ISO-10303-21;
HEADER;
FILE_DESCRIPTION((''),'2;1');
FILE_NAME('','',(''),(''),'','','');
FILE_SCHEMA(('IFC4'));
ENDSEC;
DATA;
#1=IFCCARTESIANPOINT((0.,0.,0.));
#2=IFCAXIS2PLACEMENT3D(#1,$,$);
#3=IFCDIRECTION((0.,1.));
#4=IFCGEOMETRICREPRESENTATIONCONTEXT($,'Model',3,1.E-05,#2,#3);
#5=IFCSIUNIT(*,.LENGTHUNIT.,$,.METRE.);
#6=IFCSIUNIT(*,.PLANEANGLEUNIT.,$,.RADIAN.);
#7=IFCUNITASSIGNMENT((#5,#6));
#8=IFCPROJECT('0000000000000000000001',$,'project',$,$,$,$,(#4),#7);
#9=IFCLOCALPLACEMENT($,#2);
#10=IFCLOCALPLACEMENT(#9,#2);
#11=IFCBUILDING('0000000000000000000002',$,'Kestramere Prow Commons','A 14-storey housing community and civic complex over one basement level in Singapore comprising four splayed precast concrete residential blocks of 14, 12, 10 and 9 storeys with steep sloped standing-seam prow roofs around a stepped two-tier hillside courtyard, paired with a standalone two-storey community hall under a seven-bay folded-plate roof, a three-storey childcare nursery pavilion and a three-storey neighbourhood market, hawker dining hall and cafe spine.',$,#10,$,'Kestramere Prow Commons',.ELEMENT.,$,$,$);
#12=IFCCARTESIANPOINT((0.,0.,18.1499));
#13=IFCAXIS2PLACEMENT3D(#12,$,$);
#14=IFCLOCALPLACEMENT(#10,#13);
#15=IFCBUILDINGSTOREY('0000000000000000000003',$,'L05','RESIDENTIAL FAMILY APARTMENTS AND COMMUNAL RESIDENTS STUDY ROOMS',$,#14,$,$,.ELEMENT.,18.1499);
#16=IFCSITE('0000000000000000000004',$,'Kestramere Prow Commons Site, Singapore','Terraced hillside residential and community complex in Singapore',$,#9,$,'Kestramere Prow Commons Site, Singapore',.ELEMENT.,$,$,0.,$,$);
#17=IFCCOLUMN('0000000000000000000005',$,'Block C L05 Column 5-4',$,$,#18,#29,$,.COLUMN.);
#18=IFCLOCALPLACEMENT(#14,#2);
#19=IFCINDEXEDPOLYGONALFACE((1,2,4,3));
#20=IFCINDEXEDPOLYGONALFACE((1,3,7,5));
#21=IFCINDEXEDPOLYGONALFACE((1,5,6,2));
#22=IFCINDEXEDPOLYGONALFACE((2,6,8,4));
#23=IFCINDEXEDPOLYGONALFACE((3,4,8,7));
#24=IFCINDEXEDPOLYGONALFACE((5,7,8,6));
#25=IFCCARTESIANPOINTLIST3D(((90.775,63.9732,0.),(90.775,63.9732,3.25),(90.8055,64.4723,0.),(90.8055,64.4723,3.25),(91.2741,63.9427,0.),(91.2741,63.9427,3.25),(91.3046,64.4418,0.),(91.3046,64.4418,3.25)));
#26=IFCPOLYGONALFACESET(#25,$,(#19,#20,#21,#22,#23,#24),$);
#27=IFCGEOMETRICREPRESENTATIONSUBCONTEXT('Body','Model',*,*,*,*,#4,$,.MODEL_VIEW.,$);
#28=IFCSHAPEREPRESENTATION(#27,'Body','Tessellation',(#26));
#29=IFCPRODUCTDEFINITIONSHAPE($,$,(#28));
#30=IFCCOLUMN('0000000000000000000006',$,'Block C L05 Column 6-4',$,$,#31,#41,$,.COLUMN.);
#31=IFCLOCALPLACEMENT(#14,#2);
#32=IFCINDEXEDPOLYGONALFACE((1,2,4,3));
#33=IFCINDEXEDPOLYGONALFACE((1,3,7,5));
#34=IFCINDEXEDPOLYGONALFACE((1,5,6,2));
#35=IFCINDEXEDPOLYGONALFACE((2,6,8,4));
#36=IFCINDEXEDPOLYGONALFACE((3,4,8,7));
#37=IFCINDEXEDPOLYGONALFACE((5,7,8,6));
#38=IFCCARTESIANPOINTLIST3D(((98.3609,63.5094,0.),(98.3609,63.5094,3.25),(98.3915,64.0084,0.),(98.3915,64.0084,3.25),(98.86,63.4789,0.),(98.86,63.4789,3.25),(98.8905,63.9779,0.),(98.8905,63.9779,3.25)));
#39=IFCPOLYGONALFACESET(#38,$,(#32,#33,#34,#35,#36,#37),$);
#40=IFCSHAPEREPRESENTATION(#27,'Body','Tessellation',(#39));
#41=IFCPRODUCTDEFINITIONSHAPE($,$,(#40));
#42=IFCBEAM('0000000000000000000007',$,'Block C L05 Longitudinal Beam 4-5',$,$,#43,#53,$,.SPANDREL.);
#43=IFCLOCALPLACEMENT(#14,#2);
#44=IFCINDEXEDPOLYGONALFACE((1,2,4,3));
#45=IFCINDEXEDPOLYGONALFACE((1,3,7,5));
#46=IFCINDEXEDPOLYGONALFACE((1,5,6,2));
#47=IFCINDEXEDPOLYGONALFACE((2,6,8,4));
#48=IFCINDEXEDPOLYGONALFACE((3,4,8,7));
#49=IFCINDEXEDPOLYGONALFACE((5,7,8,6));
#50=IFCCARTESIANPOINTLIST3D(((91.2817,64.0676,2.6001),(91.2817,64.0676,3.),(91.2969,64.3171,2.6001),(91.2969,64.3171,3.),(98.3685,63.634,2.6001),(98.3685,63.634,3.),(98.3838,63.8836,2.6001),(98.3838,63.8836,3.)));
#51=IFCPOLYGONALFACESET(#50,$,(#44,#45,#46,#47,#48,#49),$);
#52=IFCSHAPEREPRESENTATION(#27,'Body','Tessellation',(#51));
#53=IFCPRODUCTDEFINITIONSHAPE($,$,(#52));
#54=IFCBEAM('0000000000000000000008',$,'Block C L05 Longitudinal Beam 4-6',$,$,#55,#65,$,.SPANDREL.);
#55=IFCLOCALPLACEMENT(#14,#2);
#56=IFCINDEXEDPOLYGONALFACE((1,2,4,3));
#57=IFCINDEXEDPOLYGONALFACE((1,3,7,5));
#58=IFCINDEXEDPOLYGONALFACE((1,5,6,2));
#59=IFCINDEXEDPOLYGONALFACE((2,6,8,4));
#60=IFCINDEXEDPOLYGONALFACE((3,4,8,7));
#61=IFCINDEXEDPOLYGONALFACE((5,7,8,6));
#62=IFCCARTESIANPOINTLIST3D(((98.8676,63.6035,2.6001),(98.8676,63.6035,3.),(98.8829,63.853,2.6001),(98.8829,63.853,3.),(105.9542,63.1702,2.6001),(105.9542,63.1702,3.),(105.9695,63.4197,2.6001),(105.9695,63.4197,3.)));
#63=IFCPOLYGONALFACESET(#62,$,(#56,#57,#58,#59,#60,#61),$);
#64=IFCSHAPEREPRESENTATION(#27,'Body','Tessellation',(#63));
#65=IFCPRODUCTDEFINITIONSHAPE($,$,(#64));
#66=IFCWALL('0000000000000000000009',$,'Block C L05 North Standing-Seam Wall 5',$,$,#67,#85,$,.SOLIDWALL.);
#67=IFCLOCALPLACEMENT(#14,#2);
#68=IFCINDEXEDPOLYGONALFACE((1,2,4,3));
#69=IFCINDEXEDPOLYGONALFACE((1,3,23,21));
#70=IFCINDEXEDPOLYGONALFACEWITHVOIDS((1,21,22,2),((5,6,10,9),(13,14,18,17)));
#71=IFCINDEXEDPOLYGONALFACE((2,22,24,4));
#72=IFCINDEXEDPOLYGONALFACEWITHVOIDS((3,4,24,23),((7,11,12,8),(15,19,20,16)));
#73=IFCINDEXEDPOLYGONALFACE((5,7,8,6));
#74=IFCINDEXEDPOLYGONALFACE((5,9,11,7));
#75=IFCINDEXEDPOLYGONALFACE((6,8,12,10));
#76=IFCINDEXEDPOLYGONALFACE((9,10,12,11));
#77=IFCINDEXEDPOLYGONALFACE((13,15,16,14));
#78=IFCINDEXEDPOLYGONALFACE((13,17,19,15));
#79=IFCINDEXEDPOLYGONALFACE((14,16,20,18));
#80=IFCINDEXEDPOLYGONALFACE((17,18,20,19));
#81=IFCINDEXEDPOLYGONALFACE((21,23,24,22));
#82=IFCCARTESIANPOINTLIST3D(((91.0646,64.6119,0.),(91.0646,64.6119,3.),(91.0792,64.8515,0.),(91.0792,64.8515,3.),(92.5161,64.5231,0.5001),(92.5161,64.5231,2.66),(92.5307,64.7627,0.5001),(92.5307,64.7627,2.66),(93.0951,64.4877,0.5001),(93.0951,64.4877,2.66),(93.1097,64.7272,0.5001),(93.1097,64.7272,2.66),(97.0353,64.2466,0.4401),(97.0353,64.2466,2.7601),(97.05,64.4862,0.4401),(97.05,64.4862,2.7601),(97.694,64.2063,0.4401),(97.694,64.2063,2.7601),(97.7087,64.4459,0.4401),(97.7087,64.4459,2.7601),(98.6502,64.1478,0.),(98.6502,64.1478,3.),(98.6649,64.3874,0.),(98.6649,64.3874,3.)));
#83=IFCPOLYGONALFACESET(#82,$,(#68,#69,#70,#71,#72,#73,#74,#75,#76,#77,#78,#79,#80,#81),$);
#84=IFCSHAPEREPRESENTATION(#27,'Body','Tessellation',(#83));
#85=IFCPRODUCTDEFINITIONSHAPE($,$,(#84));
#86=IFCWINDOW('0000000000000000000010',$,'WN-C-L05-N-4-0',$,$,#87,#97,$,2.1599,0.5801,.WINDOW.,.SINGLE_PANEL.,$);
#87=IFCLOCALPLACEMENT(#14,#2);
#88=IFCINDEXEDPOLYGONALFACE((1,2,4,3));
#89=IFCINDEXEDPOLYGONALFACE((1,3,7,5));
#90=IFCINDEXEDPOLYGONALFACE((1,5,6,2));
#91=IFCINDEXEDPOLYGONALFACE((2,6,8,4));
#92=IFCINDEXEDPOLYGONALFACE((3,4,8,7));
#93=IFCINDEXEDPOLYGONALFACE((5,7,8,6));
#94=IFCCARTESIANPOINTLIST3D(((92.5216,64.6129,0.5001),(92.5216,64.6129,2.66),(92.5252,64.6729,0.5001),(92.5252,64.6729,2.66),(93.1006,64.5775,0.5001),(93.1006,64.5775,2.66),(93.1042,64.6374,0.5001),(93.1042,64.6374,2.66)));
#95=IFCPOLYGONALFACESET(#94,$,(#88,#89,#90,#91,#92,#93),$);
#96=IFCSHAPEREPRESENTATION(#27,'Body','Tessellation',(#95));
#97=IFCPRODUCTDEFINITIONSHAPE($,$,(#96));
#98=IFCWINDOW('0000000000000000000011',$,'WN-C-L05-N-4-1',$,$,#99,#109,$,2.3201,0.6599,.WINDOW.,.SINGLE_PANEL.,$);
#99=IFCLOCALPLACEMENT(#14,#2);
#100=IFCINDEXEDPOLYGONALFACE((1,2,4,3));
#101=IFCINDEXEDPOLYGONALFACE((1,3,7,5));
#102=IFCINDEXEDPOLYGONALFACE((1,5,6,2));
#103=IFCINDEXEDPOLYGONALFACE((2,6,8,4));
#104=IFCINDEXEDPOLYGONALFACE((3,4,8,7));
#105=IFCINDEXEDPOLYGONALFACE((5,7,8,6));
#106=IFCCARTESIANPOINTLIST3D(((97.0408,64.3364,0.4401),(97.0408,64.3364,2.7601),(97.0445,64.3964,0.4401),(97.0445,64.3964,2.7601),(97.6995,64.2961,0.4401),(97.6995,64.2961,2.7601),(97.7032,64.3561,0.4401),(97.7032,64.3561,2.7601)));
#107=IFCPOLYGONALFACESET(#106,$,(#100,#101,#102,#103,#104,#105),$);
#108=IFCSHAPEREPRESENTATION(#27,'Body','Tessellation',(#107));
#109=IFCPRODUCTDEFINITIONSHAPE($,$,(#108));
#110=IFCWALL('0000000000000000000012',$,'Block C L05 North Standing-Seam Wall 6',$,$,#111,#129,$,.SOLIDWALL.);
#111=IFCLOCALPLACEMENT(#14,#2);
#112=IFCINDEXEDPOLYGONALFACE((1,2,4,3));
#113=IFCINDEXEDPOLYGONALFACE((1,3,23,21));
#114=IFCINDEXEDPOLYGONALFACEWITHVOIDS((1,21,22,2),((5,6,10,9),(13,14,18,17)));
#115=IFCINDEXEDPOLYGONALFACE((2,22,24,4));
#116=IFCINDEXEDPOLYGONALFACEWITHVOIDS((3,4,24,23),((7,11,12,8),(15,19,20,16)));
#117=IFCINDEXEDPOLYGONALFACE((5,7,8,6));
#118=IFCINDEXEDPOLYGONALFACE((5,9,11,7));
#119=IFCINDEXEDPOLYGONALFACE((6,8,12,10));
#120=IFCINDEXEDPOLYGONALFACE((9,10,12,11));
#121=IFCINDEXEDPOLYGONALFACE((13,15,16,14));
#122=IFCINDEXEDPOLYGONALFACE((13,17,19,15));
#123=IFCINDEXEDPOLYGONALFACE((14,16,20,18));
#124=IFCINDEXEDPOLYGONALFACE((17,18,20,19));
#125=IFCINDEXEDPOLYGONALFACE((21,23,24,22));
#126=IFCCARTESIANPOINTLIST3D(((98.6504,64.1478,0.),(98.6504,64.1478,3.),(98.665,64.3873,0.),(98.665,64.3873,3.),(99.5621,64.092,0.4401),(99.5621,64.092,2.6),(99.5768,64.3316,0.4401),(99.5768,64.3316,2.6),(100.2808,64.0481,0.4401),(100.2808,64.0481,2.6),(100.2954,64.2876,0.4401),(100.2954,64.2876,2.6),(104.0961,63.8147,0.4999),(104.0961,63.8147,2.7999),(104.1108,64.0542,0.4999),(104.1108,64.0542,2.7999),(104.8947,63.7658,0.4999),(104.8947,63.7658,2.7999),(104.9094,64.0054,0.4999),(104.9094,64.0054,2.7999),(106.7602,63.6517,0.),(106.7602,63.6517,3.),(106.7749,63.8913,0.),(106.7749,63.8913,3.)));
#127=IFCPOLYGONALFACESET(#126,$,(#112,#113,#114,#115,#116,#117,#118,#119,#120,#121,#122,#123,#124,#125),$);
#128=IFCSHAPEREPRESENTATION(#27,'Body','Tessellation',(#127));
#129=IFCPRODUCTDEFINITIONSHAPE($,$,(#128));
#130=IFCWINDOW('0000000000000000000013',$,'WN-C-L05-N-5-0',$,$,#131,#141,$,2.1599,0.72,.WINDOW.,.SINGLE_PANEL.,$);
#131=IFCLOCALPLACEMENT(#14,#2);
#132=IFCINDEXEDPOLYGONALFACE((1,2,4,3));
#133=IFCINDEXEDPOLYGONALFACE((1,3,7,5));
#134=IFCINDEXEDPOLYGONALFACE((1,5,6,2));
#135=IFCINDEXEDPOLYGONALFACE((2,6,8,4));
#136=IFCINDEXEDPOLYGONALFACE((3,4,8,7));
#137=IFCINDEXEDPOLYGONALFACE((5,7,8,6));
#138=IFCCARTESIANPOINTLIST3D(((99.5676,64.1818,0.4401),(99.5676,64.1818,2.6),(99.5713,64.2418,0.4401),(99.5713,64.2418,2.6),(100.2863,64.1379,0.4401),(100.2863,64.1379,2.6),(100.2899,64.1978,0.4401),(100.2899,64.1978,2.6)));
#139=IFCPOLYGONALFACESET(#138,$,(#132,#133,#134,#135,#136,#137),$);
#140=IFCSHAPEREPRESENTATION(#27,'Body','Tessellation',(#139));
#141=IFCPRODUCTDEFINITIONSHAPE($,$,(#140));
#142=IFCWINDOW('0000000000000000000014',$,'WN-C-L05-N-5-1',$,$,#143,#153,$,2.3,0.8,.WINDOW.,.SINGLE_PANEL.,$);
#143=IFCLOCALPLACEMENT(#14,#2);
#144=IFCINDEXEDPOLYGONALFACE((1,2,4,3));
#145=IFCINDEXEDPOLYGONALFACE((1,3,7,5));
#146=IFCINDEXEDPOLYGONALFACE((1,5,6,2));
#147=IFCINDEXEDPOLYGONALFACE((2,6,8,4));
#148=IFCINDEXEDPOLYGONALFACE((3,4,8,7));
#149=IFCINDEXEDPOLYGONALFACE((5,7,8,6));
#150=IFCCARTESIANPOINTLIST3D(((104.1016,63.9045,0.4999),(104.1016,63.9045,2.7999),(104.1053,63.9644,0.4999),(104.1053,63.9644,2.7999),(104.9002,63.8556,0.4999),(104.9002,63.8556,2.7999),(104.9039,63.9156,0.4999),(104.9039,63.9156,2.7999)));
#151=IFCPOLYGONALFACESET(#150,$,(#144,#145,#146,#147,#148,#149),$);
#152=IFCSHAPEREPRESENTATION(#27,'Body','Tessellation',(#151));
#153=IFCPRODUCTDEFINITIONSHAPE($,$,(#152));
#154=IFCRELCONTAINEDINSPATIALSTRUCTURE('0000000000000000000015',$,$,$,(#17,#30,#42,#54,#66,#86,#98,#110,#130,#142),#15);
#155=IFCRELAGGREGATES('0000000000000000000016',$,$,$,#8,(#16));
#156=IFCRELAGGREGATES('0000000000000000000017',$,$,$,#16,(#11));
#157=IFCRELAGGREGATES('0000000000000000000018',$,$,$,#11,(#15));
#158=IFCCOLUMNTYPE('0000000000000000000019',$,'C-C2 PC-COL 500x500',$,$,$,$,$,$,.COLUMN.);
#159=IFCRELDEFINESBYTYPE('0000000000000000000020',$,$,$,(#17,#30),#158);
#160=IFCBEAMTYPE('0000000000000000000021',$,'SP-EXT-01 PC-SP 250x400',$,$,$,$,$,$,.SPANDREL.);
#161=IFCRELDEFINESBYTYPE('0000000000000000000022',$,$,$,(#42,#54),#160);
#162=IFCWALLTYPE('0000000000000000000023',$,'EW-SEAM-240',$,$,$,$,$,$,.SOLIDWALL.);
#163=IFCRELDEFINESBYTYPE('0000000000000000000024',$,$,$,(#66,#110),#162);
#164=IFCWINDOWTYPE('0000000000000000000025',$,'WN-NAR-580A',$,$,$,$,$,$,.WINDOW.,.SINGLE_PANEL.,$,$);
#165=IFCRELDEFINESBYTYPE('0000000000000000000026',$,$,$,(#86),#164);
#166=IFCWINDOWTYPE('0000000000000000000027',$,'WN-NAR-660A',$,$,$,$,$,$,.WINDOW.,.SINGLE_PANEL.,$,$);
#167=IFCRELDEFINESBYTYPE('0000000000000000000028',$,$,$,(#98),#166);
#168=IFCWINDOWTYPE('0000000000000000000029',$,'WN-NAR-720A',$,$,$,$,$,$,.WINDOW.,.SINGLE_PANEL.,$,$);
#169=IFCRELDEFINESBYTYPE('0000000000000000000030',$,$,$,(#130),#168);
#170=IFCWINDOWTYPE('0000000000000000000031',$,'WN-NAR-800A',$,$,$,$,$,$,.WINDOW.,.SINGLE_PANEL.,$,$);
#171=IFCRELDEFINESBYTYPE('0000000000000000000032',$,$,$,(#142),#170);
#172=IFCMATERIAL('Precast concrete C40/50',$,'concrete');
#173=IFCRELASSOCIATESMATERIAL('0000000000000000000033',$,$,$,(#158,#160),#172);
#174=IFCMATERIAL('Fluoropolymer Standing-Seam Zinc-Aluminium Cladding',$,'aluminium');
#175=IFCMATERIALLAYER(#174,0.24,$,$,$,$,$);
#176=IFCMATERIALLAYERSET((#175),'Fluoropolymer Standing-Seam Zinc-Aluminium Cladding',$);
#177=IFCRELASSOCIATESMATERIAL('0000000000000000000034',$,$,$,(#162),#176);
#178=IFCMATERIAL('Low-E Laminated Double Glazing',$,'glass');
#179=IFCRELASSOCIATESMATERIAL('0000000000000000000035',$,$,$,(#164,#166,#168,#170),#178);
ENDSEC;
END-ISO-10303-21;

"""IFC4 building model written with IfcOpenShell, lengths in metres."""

from ifc_helpers import new_model, si_unit, direction, frame, frame_2d, origin, origin_2d, place, context, subcontext, project, spatial, rectangle, extrude, material, layer, layer_set, material_profile, profile_set, type_object, element, fill, save


model = new_model("IFC4")

# Units and contexts
model_context = context("Model", 3, precision=1e-05, world=origin(), true_north=direction((0.0, 1.0)))
body_context = subcontext(model_context, "Body", "Model", "MODEL_VIEW")
ifc_project = project(units=[si_unit("LENGTHUNIT", "METRE"), si_unit("PLANEANGLEUNIT", "RADIAN")], contexts=[model_context])

# Site, building, storey
site_placement = place(None, origin())
site = spatial("IfcSite", under=ifc_project, at=site_placement, Name="Kestramere Prow Commons Site, Singapore", Description="Terraced hillside residential and community complex in Singapore", LongName="Kestramere Prow Commons Site, Singapore", CompositionType="ELEMENT", RefElevation=0.0)
building_placement = place(site_placement, origin())
building = spatial("IfcBuilding", under=site, at=building_placement, Name="Kestramere Prow Commons", Description="A 14-storey housing community and civic complex over one basement level in Singapore comprising four splayed precast concrete residential blocks of 14, 12, 10 and 9 storeys with steep sloped standing-seam prow roofs around a stepped two-tier hillside courtyard, paired with a standalone two-storey community hall under a seven-bay folded-plate roof, a three-storey childcare nursery pavilion and a three-storey neighbourhood market, hawker dining hall and cafe spine.", LongName="Kestramere Prow Commons", CompositionType="ELEMENT")
storey_placement = place(building_placement, frame((0.0, 0.0, 18.1499)))
storey = spatial("IfcBuildingStorey", under=building, at=storey_placement, Name="L05", Description="RESIDENTIAL FAMILY APARTMENTS AND COMMUNAL RESIDENTS STUDY ROOMS", CompositionType="ELEMENT", Elevation=18.1499)

# Columns
ifc_material_1 = material(Name="Precast concrete C40/50", Category="concrete")
ifc_material_profile_1 = material_profile(ifc_material_1, rectangle(XDim=0.5, YDim=0.5, at=origin_2d()), Name="PC-COL 500x500")
ifc_profile_set_1 = profile_set([ifc_material_profile_1], Name="Precast concrete C40/50")
column_type = type_object("IfcColumnType", Name="C-C2 PC-COL 500x500", PredefinedType="COLUMN", material=ifc_profile_set_1)
for number, where, z_axis, x_axis, name in (
    (1, (91.0398, 64.2075, 0.0), (0.0, 0.0, 1.0), (0.998135, -0.061049, 0.0), "Block C L05 Column 5-4"),
    (2, (98.6257, 63.7437, 0.0), (0.0, 0.0, 1.0), (0.998135, -0.061049, 0.0), "Block C L05 Column 6-4"),
):
    element("IfcColumn", number, at=place(storey_placement, frame(where, z_axis=z_axis, x_axis=x_axis)), inside=storey, type_object=column_type, Name=name, PredefinedType="COLUMN", context=body_context, shape_type="SweptSolid", body=[
        extrude(rectangle(XDim=0.5, YDim=0.5, at=origin_2d()), origin(), (0.0, 0.0, 1.0), 3.25),
    ])

# Beams
ifc_material_profile_2 = material_profile(ifc_material_1, rectangle(XDim=0.25, YDim=0.3999, at=origin_2d()), Name="PC-SP 250x400")
ifc_profile_set_2 = profile_set([ifc_material_profile_2], Name="Precast concrete C40/50")
beam_type = type_object("IfcBeamType", Name="SP-EXT-01 PC-SP 250x400", PredefinedType="SPANDREL", material=ifc_profile_set_2)
beam_1_placement = place(storey_placement, frame((91.2893, 64.1924, 2.8), z_axis=(0.998134, -0.061068, 0.0), x_axis=(0.061068, 0.998134, 0.0)))
element("IfcBeam", 3, at=beam_1_placement, inside=storey, type_object=beam_type, Name="Block C L05 Longitudinal Beam 4-5", PredefinedType="SPANDREL", context=body_context, shape_type="SweptSolid", body=[
    extrude(rectangle(XDim=0.25, YDim=0.3999, at=origin_2d()), origin(), (0.0, 0.0, 1.0), 7.1001),
])
beam_2_placement = place(storey_placement, frame((98.8752, 63.7283, 2.8), z_axis=(0.998136, -0.061036, 0.0), x_axis=(0.061036, 0.998136, 0.0)))
element("IfcBeam", 4, at=beam_2_placement, inside=storey, type_object=beam_type, Name="Block C L05 Longitudinal Beam 4-6", PredefinedType="SPANDREL", context=body_context, shape_type="SweptSolid", body=[
    extrude(rectangle(XDim=0.25, YDim=0.3999, at=origin_2d()), origin(), (0.0, 0.0, 1.0), 7.0999),
])

# Walls, openings, windows
ifc_material_2 = material(Name="Fluoropolymer Standing-Seam Zinc-Aluminium Cladding", Category="aluminium")
ifc_layer_1 = layer(ifc_material_2, 0.24)
ifc_layer_set_1 = layer_set([ifc_layer_1], Name="Fluoropolymer Standing-Seam Zinc-Aluminium Cladding")
wall_type_1 = type_object("IfcWallType", Name="EW-SEAM-240", PredefinedType="SOLIDWALL", material=ifc_layer_set_1)
wall_1_placement = place(storey_placement, frame((91.072, 64.7317, 0.0), z_axis=(0.0, 0.0, 1.0), x_axis=(0.998134, -0.061068, 0.0)))
wall_1 = element("IfcWall", 5, at=wall_1_placement, inside=storey, type_object=wall_type_1, Name="Block C L05 North Standing-Seam Wall 5", PredefinedType="SOLIDWALL", context=body_context, shape_type="SweptSolid", body=[
    extrude(rectangle(XDim=7.5999, YDim=0.24, at=frame_2d((3.7998, 0.0))), origin(), (0.0, 0.0, 1.0), 3.0),
])
opening_1_placement = place(wall_1_placement, frame((1.4541, 0.0, 0.5)))
opening_1 = element("IfcOpeningElement", 6, at=opening_1_placement, cuts=wall_1, PredefinedType="OPENING", context=body_context, shape_type="SweptSolid", body=[
    extrude(rectangle(XDim=0.5801, YDim=2.1599, at=frame_2d((0.29, 1.0801))), frame((0.0, 0.135, 0.0), z_axis=(0.0, -1.0, 0.0), x_axis=(1.0, 0.0, 0.0)), (0.0, 0.0, 1.0), 0.27),
])
opening_2_placement = place(wall_1_placement, frame((5.9817, 0.0, 0.4399)))
opening_2 = element("IfcOpeningElement", 7, at=opening_2_placement, cuts=wall_1, PredefinedType="OPENING", context=body_context, shape_type="SweptSolid", body=[
    extrude(rectangle(XDim=0.6599, YDim=2.3201, at=frame_2d((0.3301, 1.1602))), frame((0.0, 0.135, 0.0), z_axis=(0.0, -1.0, 0.0), x_axis=(1.0, 0.0, 0.0)), (0.0, 0.0, 1.0), 0.27),
])
ifc_material_3 = material(Name="Low-E Laminated Double Glazing", Category="glass")
window_type_1 = type_object("IfcWindowType", Name="WN-NAR-580A", PartitioningType="SINGLE_PANEL", PredefinedType="WINDOW", material=ifc_material_3)
window_1_placement = place(opening_1_placement, origin())
window_1 = element("IfcWindow", 8, at=window_1_placement, inside=storey, type_object=window_type_1, Name="WN-C-L05-N-4-0", OverallHeight=2.1599, OverallWidth=0.5801, PartitioningType="SINGLE_PANEL", PredefinedType="WINDOW", context=body_context, shape_type="SweptSolid", body=[
    extrude(rectangle(XDim=0.5801, YDim=2.1599, at=frame_2d((0.29, 1.0801))), frame((0.0, 0.03, 0.0), z_axis=(0.0, -1.0, 0.0), x_axis=(1.0, 0.0, 0.0)), (0.0, 0.0, 1.0), 0.0601),
])
fill(opening_1, window_1)
window_type_2 = type_object("IfcWindowType", Name="WN-NAR-660A", PartitioningType="SINGLE_PANEL", PredefinedType="WINDOW", material=ifc_material_3)
window_2_placement = place(opening_2_placement, origin())
window_2 = element("IfcWindow", 9, at=window_2_placement, inside=storey, type_object=window_type_2, Name="WN-C-L05-N-4-1", OverallHeight=2.3201, OverallWidth=0.6599, PartitioningType="SINGLE_PANEL", PredefinedType="WINDOW", context=body_context, shape_type="SweptSolid", body=[
    extrude(rectangle(XDim=0.6599, YDim=2.3201, at=frame_2d((0.3301, 1.1602))), frame((0.0, 0.03, 0.0), z_axis=(0.0, -1.0, 0.0), x_axis=(1.0, 0.0, 0.0)), (0.0, 0.0, 1.0), 0.0601),
])
fill(opening_2, window_2)
wall_2_placement = place(storey_placement, frame((98.6577, 64.2676, 0.0), z_axis=(0.0, 0.0, 1.0), x_axis=(0.998134, -0.061058, 0.0)))
wall_2 = element("IfcWall", 10, at=wall_2_placement, inside=storey, type_object=wall_type_1, Name="Block C L05 North Standing-Seam Wall 6", PredefinedType="SOLIDWALL", context=body_context, shape_type="SweptSolid", body=[
    extrude(rectangle(XDim=8.125, YDim=0.24, at=frame_2d((4.0625, 0.0))), origin(), (0.0, 0.0, 1.0), 3.0),
])
opening_3_placement = place(wall_2_placement, frame((0.9136, 0.0, 0.4399)))
opening_3 = element("IfcOpeningElement", 11, at=opening_3_placement, cuts=wall_2, PredefinedType="OPENING", context=body_context, shape_type="SweptSolid", body=[
    extrude(rectangle(XDim=0.72, YDim=2.1599, at=frame_2d((0.3599, 1.0801))), frame((0.0, 0.135, 0.0), z_axis=(0.0, -1.0, 0.0), x_axis=(1.0, 0.0, 0.0)), (0.0, 0.0, 1.0), 0.27),
])
opening_4_placement = place(wall_2_placement, frame((5.4561, 0.0, 0.5)))
opening_4 = element("IfcOpeningElement", 12, at=opening_4_placement, cuts=wall_2, PredefinedType="OPENING", context=body_context, shape_type="SweptSolid", body=[
    extrude(rectangle(XDim=0.8, YDim=2.3, at=frame_2d((0.3999, 1.1499))), frame((0.0, 0.135, 0.0), z_axis=(0.0, -1.0, 0.0), x_axis=(1.0, 0.0, 0.0)), (0.0, 0.0, 1.0), 0.27),
])
window_type_3 = type_object("IfcWindowType", Name="WN-NAR-720A", PartitioningType="SINGLE_PANEL", PredefinedType="WINDOW", material=ifc_material_3)
window_3_placement = place(opening_3_placement, origin())
window_3 = element("IfcWindow", 13, at=window_3_placement, inside=storey, type_object=window_type_3, Name="WN-C-L05-N-5-0", OverallHeight=2.1599, OverallWidth=0.72, PartitioningType="SINGLE_PANEL", PredefinedType="WINDOW", context=body_context, shape_type="SweptSolid", body=[
    extrude(rectangle(XDim=0.72, YDim=2.1599, at=frame_2d((0.3599, 1.0801))), frame((0.0, 0.03, 0.0), z_axis=(0.0, -1.0, 0.0), x_axis=(1.0, 0.0, 0.0)), (0.0, 0.0, 1.0), 0.0601),
])
fill(opening_3, window_3)
window_type_4 = type_object("IfcWindowType", Name="WN-NAR-800A", PartitioningType="SINGLE_PANEL", PredefinedType="WINDOW", material=ifc_material_3)
window_4_placement = place(opening_4_placement, origin())
window_4 = element("IfcWindow", 14, at=window_4_placement, inside=storey, type_object=window_type_4, Name="WN-C-L05-N-5-1", OverallHeight=2.3, OverallWidth=0.8, PartitioningType="SINGLE_PANEL", PredefinedType="WINDOW", context=body_context, shape_type="SweptSolid", body=[
    extrude(rectangle(XDim=0.8, YDim=2.3, at=frame_2d((0.3999, 1.1499))), frame((0.0, 0.03, 0.0), z_axis=(0.0, -1.0, 0.0), x_axis=(1.0, 0.0, 0.0)), (0.0, 0.0, 1.0), 0.0601),
])
fill(opening_4, window_4)

save(model, "model.ifc")
